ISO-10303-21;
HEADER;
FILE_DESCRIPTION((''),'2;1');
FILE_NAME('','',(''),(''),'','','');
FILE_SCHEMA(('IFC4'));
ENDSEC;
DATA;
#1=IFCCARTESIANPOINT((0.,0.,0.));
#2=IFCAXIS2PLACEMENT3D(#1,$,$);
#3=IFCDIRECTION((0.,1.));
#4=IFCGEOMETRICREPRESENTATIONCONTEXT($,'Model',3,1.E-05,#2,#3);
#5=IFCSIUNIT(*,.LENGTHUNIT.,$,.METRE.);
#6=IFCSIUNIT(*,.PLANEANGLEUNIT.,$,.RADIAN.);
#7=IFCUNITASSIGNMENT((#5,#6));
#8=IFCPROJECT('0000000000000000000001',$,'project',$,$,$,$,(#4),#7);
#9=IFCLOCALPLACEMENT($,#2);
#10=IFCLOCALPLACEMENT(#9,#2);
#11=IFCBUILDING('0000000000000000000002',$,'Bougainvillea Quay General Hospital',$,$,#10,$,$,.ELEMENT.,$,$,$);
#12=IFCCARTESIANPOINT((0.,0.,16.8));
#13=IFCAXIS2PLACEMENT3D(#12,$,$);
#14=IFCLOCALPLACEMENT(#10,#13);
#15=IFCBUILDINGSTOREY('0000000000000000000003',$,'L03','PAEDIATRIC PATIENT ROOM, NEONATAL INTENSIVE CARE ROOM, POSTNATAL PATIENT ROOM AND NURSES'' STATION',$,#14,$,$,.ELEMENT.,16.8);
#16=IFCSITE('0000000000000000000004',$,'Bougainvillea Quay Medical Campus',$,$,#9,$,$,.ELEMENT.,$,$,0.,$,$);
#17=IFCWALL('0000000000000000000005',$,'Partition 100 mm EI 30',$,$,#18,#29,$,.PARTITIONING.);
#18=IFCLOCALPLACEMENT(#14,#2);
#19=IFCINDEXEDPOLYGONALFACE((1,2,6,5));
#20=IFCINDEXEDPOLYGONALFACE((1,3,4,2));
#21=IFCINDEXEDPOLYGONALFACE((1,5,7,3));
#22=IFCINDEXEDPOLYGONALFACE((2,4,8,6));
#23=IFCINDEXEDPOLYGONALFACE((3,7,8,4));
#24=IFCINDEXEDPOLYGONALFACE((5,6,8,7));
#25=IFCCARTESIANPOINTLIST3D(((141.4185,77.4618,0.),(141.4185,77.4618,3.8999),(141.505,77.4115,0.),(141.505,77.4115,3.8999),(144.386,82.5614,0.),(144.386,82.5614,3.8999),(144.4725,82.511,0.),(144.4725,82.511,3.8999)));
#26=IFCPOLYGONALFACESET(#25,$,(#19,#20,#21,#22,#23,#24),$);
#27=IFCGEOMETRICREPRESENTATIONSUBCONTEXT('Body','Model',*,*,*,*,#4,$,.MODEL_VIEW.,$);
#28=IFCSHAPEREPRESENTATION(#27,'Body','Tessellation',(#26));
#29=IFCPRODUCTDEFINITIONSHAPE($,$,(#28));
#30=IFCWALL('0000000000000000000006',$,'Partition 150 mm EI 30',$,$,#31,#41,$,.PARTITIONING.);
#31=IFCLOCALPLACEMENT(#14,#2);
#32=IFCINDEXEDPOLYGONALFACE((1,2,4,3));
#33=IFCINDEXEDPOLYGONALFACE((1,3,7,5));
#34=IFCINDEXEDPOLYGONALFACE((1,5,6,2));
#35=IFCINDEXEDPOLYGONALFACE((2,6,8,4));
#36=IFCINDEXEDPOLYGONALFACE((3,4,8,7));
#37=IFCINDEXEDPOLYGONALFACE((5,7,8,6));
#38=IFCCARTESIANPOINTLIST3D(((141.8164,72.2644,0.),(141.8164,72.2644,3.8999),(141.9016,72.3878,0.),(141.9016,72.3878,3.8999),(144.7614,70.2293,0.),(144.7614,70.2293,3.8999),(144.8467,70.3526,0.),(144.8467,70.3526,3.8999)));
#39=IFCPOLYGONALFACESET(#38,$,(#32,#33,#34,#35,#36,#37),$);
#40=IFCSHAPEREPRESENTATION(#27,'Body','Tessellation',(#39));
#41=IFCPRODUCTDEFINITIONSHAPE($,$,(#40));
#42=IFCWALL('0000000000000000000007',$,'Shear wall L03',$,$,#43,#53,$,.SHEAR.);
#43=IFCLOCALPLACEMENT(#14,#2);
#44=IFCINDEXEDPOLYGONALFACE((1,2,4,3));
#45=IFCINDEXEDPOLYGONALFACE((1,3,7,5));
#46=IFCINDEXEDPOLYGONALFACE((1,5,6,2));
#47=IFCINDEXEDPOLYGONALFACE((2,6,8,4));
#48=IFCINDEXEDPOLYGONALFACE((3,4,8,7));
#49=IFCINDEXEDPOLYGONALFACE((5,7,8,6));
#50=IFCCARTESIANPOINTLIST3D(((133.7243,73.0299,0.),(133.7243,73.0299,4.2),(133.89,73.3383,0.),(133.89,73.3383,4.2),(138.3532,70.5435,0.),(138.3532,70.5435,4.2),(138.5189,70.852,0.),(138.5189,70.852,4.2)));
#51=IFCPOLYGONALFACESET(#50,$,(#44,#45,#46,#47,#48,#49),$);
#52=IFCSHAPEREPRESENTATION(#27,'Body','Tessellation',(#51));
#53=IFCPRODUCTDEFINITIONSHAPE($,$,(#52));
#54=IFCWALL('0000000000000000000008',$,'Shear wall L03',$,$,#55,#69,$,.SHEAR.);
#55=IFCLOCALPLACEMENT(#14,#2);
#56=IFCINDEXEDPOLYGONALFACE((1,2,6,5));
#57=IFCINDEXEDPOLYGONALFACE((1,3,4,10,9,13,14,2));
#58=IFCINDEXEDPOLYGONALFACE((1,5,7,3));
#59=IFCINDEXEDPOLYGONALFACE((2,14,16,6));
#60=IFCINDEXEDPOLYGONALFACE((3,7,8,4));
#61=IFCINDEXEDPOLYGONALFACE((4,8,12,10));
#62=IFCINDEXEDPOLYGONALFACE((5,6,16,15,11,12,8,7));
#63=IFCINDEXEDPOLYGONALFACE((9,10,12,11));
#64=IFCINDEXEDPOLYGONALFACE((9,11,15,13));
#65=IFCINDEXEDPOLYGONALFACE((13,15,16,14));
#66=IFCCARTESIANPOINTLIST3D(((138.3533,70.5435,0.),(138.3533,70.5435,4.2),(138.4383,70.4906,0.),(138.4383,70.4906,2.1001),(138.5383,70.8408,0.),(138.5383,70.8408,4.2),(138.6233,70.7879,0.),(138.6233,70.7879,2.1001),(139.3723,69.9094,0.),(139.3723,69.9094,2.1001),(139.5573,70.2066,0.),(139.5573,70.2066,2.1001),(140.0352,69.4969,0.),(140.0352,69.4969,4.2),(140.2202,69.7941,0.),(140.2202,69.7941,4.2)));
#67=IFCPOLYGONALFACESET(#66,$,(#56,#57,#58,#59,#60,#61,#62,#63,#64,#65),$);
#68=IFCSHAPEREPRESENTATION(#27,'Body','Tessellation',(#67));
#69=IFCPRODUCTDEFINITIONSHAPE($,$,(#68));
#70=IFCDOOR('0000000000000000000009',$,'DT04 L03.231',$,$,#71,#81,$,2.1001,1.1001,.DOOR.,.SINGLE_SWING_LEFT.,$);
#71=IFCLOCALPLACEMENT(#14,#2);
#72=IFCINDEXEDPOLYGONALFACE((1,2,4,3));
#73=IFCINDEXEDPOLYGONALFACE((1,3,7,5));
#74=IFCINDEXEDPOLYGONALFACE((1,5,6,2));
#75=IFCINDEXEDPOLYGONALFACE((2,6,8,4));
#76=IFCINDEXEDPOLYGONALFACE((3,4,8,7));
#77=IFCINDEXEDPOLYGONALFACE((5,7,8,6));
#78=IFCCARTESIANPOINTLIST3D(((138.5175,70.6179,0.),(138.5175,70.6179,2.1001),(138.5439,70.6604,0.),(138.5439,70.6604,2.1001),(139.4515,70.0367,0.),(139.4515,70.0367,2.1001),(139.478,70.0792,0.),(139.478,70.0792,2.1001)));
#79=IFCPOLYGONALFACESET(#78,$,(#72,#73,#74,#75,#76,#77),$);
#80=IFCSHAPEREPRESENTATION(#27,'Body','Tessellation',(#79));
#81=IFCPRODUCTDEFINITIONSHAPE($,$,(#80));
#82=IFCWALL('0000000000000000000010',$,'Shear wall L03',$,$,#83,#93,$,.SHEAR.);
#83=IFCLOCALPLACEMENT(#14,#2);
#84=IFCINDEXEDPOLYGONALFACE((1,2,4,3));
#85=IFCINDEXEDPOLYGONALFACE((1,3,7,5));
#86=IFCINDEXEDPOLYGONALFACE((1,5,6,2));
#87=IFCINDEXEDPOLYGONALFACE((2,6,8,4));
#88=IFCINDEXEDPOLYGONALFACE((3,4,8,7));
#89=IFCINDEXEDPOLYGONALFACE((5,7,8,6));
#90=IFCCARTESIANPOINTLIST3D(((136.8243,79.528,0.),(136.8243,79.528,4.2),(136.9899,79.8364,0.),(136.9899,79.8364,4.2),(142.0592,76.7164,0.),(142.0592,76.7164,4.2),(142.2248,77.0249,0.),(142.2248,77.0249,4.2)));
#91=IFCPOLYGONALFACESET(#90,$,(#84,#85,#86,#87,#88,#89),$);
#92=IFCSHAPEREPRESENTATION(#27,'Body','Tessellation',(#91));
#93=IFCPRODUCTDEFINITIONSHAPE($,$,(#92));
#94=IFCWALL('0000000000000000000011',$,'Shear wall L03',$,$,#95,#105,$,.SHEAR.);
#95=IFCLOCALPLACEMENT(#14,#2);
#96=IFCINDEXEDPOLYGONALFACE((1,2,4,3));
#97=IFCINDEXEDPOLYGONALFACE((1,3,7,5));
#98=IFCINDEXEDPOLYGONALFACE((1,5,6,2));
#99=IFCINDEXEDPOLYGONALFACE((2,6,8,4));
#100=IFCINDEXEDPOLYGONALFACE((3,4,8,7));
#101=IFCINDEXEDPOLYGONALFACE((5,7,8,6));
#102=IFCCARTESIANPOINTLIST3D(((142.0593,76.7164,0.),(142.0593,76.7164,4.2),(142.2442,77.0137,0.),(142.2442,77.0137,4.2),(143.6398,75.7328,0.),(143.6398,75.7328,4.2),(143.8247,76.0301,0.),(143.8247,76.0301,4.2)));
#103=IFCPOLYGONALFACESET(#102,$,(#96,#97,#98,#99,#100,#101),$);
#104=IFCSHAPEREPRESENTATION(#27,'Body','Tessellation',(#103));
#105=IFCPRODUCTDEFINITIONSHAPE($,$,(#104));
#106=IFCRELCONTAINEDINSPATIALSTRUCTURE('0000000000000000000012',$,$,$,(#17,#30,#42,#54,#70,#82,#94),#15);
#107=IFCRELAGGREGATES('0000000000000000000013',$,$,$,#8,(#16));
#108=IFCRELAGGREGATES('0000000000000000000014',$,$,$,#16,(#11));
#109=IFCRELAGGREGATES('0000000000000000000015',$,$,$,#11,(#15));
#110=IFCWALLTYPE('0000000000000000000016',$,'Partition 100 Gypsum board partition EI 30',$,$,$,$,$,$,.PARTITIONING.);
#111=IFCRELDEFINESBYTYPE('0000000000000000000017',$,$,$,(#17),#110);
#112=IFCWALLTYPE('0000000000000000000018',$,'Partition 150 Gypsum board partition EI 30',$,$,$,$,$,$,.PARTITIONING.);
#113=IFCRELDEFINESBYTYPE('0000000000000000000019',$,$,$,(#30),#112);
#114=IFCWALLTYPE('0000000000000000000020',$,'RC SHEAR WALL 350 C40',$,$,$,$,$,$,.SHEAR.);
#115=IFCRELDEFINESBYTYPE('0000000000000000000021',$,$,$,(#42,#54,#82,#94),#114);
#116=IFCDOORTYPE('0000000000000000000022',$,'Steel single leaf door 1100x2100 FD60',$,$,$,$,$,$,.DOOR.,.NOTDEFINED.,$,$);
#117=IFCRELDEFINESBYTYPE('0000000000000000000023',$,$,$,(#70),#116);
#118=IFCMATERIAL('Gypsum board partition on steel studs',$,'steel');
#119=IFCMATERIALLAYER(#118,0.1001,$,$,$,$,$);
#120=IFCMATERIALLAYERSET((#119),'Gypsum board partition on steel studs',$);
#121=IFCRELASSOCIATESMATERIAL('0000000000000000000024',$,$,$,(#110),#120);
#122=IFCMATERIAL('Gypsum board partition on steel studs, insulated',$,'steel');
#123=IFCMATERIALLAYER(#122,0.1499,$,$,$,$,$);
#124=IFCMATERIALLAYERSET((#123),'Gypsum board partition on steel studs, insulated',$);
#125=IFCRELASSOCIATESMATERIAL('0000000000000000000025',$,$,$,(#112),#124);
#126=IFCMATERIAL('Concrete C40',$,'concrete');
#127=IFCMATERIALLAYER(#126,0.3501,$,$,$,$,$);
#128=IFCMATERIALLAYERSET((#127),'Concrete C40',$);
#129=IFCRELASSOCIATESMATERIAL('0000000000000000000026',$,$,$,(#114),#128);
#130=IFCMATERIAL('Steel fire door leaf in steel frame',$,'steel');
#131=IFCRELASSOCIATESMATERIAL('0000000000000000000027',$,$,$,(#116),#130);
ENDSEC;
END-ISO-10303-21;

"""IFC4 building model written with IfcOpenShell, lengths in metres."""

from ifc_helpers import new_model, si_unit, direction, frame, frame_2d, origin, place, context, subcontext, project, spatial, rectangle, extrude, material, layer, layer_set, type_object, element, fill, save


model = new_model("IFC4")

# Units and contexts
model_context = context("Model", 3, precision=1e-05, world=origin(), true_north=direction((0.0, 1.0)))
body_context = subcontext(model_context, "Body", "Model", "MODEL_VIEW")
ifc_project = project(units=[si_unit("LENGTHUNIT", "METRE"), si_unit("PLANEANGLEUNIT", "RADIAN")], contexts=[model_context])

# Site, building, storey
site_placement = place(None, origin())
site = spatial("IfcSite", under=ifc_project, at=site_placement, Name="Bougainvillea Quay Medical Campus", CompositionType="ELEMENT", RefElevation=0.0)
building_placement = place(site_placement, origin())
building = spatial("IfcBuilding", under=site, at=building_placement, Name="Bougainvillea Quay General Hospital", CompositionType="ELEMENT")
storey_placement = place(building_placement, frame((0.0, 0.0, 16.8)))
storey = spatial("IfcBuildingStorey", under=building, at=storey_placement, Name="L03", Description="PAEDIATRIC PATIENT ROOM, NEONATAL INTENSIVE CARE ROOM, POSTNATAL PATIENT ROOM AND NURSES' STATION", CompositionType="ELEMENT", Elevation=16.8)

# Shared definitions
ifc_material_1 = material(Name="Concrete C40", Category="concrete")

# Walls
ifc_material_2 = material(Name="Gypsum board partition on steel studs", Category="steel")
ifc_layer_1 = layer(ifc_material_2, 0.1001)
ifc_layer_set_1 = layer_set([ifc_layer_1], Name="Gypsum board partition on steel studs")
wall_type_1 = type_object("IfcWallType", Name="Partition 100 Gypsum board partition EI 30", PredefinedType="PARTITIONING", material=ifc_layer_set_1)
wall_1_placement = place(storey_placement, frame((141.4617, 77.4365, 0.0), z_axis=(0.0, 0.0, 1.0), x_axis=(0.502955, 0.864313, 0.0)))
element("IfcWall", 1, at=wall_1_placement, inside=storey, type_object=wall_type_1, Name="Partition 100 mm EI 30", PredefinedType="PARTITIONING", context=body_context, shape_type="SweptSolid", body=[
    extrude(rectangle(XDim=5.9001, YDim=0.1001, at=frame_2d((2.9502, 0.0))), origin(), (0.0, 0.0, 1.0), 3.8999),
])
ifc_material_3 = material(Name="Gypsum board partition on steel studs, insulated", Category="steel")
ifc_layer_2 = layer(ifc_material_3, 0.1499)
ifc_layer_set_2 = layer_set([ifc_layer_2], Name="Gypsum board partition on steel studs, insulated")
wall_type_2 = type_object("IfcWallType", Name="Partition 150 Gypsum board partition EI 30", PredefinedType="PARTITIONING", material=ifc_layer_set_2)
wall_2_placement = place(storey_placement, frame((141.8589, 72.3262, 0.0), z_axis=(0.0, 0.0, 1.0), x_axis=(0.82268, -0.568504, 0.0)))
element("IfcWall", 2, at=wall_2_placement, inside=storey, type_object=wall_type_2, Name="Partition 150 mm EI 30", PredefinedType="PARTITIONING", context=body_context, shape_type="SweptSolid", body=[
    extrude(rectangle(XDim=3.5798, YDim=0.1499, at=frame_2d((1.79, 0.0))), origin(), (0.0, 0.0, 1.0), 3.8999),
])
ifc_layer_3 = layer(ifc_material_1, 0.3501)
ifc_layer_set_3 = layer_set([ifc_layer_3], Name="Concrete C40")
wall_type_3 = type_object("IfcWallType", Name="RC SHEAR WALL 350 C40", PredefinedType="SHEAR", material=ifc_layer_set_3)
wall_3_placement = place(storey_placement, frame((138.436, 70.6978, 0.0), z_axis=(0.0, 0.0, 1.0), x_axis=(-0.88096, 0.473191, 0.0)))
element("IfcWall", 3, at=wall_3_placement, inside=storey, type_object=wall_type_3, Name="Shear wall L03", PredefinedType="SHEAR", context=body_context, shape_type="SweptSolid", body=[
    extrude(rectangle(XDim=5.2544, YDim=0.3501, at=frame_2d((2.6272, 0.0))), origin(), (0.0, 0.0, 1.0), 4.2),
])

# Wall, opening, door
wall_4_placement = place(storey_placement, frame((138.4458, 70.6921, 0.0), z_axis=(0.0, 0.0, 1.0), x_axis=(0.849028, -0.528347, 0.0)))
wall_4 = element("IfcWall", 4, at=wall_4_placement, inside=storey, type_object=wall_type_3, Name="Shear wall L03", PredefinedType="SHEAR", context=body_context, shape_type="SweptSolid", body=[
    extrude(rectangle(XDim=1.981, YDim=0.3501, at=frame_2d((0.9905, 0.0))), origin(), (0.0, 0.0, 1.0), 4.2),
])
opening_placement = place(wall_4_placement, frame((0.1001, 0.0, 0.0)))
opening = element("IfcOpeningElement", 5, at=opening_placement, cuts=wall_4, PredefinedType="OPENING", context=body_context, shape_type="SweptSolid", body=[
    extrude(rectangle(XDim=1.1001, YDim=2.1001, at=frame_2d((0.55, 1.05))), frame((0.0, 0.1851, 0.0), z_axis=(0.0, -1.0, 0.0), x_axis=(1.0, 0.0, 0.0)), (0.0, 0.0, 1.0), 0.3701),
])
ifc_material_4 = material(Name="Steel fire door leaf in steel frame", Category="steel")
door_type = type_object("IfcDoorType", Name="Steel single leaf door 1100x2100 FD60", OperationType="NOTDEFINED", PredefinedType="DOOR", material=ifc_material_4)
door_placement = place(opening_placement, origin())
door = element("IfcDoor", 6, at=door_placement, inside=storey, type_object=door_type, Name="DT04 L03.231", OperationType="SINGLE_SWING_LEFT", OverallHeight=2.1001, OverallWidth=1.1001, PredefinedType="DOOR", context=body_context, shape_type="SweptSolid", body=[
    extrude(rectangle(XDim=1.1001, YDim=2.1001, at=frame_2d((0.55, 1.05))), frame((0.0, 0.0249, 0.0), z_axis=(0.0, -1.0, 0.0), x_axis=(1.0, 0.0, 0.0)), (0.0, 0.0, 1.0), 0.05),
])
fill(opening, door)

# Walls
wall_5_placement = place(storey_placement, frame((142.1421, 76.8706, 0.0), z_axis=(0.0, 0.0, 1.0), x_axis=(-0.88098, 0.473154, 0.0)))
element("IfcWall", 7, at=wall_5_placement, inside=storey, type_object=wall_type_3, Name="Shear wall L03", PredefinedType="SHEAR", context=body_context, shape_type="SweptSolid", body=[
    extrude(rectangle(XDim=5.9421, YDim=0.3501, at=frame_2d((2.9712, 0.0))), origin(), (0.0, 0.0, 1.0), 4.2),
])
wall_6_placement = place(storey_placement, frame((142.1519, 76.865, 0.0), z_axis=(0.0, 0.0, 1.0), x_axis=(0.849013, -0.528371, 0.0)))
element("IfcWall", 8, at=wall_6_placement, inside=storey, type_object=wall_type_3, Name="Shear wall L03", PredefinedType="SHEAR", context=body_context, shape_type="SweptSolid", body=[
    extrude(rectangle(XDim=1.8616, YDim=0.3501, at=frame_2d((0.9307, 0.0))), origin(), (0.0, 0.0, 1.0), 4.2),
])

save(model, "model.ifc")
